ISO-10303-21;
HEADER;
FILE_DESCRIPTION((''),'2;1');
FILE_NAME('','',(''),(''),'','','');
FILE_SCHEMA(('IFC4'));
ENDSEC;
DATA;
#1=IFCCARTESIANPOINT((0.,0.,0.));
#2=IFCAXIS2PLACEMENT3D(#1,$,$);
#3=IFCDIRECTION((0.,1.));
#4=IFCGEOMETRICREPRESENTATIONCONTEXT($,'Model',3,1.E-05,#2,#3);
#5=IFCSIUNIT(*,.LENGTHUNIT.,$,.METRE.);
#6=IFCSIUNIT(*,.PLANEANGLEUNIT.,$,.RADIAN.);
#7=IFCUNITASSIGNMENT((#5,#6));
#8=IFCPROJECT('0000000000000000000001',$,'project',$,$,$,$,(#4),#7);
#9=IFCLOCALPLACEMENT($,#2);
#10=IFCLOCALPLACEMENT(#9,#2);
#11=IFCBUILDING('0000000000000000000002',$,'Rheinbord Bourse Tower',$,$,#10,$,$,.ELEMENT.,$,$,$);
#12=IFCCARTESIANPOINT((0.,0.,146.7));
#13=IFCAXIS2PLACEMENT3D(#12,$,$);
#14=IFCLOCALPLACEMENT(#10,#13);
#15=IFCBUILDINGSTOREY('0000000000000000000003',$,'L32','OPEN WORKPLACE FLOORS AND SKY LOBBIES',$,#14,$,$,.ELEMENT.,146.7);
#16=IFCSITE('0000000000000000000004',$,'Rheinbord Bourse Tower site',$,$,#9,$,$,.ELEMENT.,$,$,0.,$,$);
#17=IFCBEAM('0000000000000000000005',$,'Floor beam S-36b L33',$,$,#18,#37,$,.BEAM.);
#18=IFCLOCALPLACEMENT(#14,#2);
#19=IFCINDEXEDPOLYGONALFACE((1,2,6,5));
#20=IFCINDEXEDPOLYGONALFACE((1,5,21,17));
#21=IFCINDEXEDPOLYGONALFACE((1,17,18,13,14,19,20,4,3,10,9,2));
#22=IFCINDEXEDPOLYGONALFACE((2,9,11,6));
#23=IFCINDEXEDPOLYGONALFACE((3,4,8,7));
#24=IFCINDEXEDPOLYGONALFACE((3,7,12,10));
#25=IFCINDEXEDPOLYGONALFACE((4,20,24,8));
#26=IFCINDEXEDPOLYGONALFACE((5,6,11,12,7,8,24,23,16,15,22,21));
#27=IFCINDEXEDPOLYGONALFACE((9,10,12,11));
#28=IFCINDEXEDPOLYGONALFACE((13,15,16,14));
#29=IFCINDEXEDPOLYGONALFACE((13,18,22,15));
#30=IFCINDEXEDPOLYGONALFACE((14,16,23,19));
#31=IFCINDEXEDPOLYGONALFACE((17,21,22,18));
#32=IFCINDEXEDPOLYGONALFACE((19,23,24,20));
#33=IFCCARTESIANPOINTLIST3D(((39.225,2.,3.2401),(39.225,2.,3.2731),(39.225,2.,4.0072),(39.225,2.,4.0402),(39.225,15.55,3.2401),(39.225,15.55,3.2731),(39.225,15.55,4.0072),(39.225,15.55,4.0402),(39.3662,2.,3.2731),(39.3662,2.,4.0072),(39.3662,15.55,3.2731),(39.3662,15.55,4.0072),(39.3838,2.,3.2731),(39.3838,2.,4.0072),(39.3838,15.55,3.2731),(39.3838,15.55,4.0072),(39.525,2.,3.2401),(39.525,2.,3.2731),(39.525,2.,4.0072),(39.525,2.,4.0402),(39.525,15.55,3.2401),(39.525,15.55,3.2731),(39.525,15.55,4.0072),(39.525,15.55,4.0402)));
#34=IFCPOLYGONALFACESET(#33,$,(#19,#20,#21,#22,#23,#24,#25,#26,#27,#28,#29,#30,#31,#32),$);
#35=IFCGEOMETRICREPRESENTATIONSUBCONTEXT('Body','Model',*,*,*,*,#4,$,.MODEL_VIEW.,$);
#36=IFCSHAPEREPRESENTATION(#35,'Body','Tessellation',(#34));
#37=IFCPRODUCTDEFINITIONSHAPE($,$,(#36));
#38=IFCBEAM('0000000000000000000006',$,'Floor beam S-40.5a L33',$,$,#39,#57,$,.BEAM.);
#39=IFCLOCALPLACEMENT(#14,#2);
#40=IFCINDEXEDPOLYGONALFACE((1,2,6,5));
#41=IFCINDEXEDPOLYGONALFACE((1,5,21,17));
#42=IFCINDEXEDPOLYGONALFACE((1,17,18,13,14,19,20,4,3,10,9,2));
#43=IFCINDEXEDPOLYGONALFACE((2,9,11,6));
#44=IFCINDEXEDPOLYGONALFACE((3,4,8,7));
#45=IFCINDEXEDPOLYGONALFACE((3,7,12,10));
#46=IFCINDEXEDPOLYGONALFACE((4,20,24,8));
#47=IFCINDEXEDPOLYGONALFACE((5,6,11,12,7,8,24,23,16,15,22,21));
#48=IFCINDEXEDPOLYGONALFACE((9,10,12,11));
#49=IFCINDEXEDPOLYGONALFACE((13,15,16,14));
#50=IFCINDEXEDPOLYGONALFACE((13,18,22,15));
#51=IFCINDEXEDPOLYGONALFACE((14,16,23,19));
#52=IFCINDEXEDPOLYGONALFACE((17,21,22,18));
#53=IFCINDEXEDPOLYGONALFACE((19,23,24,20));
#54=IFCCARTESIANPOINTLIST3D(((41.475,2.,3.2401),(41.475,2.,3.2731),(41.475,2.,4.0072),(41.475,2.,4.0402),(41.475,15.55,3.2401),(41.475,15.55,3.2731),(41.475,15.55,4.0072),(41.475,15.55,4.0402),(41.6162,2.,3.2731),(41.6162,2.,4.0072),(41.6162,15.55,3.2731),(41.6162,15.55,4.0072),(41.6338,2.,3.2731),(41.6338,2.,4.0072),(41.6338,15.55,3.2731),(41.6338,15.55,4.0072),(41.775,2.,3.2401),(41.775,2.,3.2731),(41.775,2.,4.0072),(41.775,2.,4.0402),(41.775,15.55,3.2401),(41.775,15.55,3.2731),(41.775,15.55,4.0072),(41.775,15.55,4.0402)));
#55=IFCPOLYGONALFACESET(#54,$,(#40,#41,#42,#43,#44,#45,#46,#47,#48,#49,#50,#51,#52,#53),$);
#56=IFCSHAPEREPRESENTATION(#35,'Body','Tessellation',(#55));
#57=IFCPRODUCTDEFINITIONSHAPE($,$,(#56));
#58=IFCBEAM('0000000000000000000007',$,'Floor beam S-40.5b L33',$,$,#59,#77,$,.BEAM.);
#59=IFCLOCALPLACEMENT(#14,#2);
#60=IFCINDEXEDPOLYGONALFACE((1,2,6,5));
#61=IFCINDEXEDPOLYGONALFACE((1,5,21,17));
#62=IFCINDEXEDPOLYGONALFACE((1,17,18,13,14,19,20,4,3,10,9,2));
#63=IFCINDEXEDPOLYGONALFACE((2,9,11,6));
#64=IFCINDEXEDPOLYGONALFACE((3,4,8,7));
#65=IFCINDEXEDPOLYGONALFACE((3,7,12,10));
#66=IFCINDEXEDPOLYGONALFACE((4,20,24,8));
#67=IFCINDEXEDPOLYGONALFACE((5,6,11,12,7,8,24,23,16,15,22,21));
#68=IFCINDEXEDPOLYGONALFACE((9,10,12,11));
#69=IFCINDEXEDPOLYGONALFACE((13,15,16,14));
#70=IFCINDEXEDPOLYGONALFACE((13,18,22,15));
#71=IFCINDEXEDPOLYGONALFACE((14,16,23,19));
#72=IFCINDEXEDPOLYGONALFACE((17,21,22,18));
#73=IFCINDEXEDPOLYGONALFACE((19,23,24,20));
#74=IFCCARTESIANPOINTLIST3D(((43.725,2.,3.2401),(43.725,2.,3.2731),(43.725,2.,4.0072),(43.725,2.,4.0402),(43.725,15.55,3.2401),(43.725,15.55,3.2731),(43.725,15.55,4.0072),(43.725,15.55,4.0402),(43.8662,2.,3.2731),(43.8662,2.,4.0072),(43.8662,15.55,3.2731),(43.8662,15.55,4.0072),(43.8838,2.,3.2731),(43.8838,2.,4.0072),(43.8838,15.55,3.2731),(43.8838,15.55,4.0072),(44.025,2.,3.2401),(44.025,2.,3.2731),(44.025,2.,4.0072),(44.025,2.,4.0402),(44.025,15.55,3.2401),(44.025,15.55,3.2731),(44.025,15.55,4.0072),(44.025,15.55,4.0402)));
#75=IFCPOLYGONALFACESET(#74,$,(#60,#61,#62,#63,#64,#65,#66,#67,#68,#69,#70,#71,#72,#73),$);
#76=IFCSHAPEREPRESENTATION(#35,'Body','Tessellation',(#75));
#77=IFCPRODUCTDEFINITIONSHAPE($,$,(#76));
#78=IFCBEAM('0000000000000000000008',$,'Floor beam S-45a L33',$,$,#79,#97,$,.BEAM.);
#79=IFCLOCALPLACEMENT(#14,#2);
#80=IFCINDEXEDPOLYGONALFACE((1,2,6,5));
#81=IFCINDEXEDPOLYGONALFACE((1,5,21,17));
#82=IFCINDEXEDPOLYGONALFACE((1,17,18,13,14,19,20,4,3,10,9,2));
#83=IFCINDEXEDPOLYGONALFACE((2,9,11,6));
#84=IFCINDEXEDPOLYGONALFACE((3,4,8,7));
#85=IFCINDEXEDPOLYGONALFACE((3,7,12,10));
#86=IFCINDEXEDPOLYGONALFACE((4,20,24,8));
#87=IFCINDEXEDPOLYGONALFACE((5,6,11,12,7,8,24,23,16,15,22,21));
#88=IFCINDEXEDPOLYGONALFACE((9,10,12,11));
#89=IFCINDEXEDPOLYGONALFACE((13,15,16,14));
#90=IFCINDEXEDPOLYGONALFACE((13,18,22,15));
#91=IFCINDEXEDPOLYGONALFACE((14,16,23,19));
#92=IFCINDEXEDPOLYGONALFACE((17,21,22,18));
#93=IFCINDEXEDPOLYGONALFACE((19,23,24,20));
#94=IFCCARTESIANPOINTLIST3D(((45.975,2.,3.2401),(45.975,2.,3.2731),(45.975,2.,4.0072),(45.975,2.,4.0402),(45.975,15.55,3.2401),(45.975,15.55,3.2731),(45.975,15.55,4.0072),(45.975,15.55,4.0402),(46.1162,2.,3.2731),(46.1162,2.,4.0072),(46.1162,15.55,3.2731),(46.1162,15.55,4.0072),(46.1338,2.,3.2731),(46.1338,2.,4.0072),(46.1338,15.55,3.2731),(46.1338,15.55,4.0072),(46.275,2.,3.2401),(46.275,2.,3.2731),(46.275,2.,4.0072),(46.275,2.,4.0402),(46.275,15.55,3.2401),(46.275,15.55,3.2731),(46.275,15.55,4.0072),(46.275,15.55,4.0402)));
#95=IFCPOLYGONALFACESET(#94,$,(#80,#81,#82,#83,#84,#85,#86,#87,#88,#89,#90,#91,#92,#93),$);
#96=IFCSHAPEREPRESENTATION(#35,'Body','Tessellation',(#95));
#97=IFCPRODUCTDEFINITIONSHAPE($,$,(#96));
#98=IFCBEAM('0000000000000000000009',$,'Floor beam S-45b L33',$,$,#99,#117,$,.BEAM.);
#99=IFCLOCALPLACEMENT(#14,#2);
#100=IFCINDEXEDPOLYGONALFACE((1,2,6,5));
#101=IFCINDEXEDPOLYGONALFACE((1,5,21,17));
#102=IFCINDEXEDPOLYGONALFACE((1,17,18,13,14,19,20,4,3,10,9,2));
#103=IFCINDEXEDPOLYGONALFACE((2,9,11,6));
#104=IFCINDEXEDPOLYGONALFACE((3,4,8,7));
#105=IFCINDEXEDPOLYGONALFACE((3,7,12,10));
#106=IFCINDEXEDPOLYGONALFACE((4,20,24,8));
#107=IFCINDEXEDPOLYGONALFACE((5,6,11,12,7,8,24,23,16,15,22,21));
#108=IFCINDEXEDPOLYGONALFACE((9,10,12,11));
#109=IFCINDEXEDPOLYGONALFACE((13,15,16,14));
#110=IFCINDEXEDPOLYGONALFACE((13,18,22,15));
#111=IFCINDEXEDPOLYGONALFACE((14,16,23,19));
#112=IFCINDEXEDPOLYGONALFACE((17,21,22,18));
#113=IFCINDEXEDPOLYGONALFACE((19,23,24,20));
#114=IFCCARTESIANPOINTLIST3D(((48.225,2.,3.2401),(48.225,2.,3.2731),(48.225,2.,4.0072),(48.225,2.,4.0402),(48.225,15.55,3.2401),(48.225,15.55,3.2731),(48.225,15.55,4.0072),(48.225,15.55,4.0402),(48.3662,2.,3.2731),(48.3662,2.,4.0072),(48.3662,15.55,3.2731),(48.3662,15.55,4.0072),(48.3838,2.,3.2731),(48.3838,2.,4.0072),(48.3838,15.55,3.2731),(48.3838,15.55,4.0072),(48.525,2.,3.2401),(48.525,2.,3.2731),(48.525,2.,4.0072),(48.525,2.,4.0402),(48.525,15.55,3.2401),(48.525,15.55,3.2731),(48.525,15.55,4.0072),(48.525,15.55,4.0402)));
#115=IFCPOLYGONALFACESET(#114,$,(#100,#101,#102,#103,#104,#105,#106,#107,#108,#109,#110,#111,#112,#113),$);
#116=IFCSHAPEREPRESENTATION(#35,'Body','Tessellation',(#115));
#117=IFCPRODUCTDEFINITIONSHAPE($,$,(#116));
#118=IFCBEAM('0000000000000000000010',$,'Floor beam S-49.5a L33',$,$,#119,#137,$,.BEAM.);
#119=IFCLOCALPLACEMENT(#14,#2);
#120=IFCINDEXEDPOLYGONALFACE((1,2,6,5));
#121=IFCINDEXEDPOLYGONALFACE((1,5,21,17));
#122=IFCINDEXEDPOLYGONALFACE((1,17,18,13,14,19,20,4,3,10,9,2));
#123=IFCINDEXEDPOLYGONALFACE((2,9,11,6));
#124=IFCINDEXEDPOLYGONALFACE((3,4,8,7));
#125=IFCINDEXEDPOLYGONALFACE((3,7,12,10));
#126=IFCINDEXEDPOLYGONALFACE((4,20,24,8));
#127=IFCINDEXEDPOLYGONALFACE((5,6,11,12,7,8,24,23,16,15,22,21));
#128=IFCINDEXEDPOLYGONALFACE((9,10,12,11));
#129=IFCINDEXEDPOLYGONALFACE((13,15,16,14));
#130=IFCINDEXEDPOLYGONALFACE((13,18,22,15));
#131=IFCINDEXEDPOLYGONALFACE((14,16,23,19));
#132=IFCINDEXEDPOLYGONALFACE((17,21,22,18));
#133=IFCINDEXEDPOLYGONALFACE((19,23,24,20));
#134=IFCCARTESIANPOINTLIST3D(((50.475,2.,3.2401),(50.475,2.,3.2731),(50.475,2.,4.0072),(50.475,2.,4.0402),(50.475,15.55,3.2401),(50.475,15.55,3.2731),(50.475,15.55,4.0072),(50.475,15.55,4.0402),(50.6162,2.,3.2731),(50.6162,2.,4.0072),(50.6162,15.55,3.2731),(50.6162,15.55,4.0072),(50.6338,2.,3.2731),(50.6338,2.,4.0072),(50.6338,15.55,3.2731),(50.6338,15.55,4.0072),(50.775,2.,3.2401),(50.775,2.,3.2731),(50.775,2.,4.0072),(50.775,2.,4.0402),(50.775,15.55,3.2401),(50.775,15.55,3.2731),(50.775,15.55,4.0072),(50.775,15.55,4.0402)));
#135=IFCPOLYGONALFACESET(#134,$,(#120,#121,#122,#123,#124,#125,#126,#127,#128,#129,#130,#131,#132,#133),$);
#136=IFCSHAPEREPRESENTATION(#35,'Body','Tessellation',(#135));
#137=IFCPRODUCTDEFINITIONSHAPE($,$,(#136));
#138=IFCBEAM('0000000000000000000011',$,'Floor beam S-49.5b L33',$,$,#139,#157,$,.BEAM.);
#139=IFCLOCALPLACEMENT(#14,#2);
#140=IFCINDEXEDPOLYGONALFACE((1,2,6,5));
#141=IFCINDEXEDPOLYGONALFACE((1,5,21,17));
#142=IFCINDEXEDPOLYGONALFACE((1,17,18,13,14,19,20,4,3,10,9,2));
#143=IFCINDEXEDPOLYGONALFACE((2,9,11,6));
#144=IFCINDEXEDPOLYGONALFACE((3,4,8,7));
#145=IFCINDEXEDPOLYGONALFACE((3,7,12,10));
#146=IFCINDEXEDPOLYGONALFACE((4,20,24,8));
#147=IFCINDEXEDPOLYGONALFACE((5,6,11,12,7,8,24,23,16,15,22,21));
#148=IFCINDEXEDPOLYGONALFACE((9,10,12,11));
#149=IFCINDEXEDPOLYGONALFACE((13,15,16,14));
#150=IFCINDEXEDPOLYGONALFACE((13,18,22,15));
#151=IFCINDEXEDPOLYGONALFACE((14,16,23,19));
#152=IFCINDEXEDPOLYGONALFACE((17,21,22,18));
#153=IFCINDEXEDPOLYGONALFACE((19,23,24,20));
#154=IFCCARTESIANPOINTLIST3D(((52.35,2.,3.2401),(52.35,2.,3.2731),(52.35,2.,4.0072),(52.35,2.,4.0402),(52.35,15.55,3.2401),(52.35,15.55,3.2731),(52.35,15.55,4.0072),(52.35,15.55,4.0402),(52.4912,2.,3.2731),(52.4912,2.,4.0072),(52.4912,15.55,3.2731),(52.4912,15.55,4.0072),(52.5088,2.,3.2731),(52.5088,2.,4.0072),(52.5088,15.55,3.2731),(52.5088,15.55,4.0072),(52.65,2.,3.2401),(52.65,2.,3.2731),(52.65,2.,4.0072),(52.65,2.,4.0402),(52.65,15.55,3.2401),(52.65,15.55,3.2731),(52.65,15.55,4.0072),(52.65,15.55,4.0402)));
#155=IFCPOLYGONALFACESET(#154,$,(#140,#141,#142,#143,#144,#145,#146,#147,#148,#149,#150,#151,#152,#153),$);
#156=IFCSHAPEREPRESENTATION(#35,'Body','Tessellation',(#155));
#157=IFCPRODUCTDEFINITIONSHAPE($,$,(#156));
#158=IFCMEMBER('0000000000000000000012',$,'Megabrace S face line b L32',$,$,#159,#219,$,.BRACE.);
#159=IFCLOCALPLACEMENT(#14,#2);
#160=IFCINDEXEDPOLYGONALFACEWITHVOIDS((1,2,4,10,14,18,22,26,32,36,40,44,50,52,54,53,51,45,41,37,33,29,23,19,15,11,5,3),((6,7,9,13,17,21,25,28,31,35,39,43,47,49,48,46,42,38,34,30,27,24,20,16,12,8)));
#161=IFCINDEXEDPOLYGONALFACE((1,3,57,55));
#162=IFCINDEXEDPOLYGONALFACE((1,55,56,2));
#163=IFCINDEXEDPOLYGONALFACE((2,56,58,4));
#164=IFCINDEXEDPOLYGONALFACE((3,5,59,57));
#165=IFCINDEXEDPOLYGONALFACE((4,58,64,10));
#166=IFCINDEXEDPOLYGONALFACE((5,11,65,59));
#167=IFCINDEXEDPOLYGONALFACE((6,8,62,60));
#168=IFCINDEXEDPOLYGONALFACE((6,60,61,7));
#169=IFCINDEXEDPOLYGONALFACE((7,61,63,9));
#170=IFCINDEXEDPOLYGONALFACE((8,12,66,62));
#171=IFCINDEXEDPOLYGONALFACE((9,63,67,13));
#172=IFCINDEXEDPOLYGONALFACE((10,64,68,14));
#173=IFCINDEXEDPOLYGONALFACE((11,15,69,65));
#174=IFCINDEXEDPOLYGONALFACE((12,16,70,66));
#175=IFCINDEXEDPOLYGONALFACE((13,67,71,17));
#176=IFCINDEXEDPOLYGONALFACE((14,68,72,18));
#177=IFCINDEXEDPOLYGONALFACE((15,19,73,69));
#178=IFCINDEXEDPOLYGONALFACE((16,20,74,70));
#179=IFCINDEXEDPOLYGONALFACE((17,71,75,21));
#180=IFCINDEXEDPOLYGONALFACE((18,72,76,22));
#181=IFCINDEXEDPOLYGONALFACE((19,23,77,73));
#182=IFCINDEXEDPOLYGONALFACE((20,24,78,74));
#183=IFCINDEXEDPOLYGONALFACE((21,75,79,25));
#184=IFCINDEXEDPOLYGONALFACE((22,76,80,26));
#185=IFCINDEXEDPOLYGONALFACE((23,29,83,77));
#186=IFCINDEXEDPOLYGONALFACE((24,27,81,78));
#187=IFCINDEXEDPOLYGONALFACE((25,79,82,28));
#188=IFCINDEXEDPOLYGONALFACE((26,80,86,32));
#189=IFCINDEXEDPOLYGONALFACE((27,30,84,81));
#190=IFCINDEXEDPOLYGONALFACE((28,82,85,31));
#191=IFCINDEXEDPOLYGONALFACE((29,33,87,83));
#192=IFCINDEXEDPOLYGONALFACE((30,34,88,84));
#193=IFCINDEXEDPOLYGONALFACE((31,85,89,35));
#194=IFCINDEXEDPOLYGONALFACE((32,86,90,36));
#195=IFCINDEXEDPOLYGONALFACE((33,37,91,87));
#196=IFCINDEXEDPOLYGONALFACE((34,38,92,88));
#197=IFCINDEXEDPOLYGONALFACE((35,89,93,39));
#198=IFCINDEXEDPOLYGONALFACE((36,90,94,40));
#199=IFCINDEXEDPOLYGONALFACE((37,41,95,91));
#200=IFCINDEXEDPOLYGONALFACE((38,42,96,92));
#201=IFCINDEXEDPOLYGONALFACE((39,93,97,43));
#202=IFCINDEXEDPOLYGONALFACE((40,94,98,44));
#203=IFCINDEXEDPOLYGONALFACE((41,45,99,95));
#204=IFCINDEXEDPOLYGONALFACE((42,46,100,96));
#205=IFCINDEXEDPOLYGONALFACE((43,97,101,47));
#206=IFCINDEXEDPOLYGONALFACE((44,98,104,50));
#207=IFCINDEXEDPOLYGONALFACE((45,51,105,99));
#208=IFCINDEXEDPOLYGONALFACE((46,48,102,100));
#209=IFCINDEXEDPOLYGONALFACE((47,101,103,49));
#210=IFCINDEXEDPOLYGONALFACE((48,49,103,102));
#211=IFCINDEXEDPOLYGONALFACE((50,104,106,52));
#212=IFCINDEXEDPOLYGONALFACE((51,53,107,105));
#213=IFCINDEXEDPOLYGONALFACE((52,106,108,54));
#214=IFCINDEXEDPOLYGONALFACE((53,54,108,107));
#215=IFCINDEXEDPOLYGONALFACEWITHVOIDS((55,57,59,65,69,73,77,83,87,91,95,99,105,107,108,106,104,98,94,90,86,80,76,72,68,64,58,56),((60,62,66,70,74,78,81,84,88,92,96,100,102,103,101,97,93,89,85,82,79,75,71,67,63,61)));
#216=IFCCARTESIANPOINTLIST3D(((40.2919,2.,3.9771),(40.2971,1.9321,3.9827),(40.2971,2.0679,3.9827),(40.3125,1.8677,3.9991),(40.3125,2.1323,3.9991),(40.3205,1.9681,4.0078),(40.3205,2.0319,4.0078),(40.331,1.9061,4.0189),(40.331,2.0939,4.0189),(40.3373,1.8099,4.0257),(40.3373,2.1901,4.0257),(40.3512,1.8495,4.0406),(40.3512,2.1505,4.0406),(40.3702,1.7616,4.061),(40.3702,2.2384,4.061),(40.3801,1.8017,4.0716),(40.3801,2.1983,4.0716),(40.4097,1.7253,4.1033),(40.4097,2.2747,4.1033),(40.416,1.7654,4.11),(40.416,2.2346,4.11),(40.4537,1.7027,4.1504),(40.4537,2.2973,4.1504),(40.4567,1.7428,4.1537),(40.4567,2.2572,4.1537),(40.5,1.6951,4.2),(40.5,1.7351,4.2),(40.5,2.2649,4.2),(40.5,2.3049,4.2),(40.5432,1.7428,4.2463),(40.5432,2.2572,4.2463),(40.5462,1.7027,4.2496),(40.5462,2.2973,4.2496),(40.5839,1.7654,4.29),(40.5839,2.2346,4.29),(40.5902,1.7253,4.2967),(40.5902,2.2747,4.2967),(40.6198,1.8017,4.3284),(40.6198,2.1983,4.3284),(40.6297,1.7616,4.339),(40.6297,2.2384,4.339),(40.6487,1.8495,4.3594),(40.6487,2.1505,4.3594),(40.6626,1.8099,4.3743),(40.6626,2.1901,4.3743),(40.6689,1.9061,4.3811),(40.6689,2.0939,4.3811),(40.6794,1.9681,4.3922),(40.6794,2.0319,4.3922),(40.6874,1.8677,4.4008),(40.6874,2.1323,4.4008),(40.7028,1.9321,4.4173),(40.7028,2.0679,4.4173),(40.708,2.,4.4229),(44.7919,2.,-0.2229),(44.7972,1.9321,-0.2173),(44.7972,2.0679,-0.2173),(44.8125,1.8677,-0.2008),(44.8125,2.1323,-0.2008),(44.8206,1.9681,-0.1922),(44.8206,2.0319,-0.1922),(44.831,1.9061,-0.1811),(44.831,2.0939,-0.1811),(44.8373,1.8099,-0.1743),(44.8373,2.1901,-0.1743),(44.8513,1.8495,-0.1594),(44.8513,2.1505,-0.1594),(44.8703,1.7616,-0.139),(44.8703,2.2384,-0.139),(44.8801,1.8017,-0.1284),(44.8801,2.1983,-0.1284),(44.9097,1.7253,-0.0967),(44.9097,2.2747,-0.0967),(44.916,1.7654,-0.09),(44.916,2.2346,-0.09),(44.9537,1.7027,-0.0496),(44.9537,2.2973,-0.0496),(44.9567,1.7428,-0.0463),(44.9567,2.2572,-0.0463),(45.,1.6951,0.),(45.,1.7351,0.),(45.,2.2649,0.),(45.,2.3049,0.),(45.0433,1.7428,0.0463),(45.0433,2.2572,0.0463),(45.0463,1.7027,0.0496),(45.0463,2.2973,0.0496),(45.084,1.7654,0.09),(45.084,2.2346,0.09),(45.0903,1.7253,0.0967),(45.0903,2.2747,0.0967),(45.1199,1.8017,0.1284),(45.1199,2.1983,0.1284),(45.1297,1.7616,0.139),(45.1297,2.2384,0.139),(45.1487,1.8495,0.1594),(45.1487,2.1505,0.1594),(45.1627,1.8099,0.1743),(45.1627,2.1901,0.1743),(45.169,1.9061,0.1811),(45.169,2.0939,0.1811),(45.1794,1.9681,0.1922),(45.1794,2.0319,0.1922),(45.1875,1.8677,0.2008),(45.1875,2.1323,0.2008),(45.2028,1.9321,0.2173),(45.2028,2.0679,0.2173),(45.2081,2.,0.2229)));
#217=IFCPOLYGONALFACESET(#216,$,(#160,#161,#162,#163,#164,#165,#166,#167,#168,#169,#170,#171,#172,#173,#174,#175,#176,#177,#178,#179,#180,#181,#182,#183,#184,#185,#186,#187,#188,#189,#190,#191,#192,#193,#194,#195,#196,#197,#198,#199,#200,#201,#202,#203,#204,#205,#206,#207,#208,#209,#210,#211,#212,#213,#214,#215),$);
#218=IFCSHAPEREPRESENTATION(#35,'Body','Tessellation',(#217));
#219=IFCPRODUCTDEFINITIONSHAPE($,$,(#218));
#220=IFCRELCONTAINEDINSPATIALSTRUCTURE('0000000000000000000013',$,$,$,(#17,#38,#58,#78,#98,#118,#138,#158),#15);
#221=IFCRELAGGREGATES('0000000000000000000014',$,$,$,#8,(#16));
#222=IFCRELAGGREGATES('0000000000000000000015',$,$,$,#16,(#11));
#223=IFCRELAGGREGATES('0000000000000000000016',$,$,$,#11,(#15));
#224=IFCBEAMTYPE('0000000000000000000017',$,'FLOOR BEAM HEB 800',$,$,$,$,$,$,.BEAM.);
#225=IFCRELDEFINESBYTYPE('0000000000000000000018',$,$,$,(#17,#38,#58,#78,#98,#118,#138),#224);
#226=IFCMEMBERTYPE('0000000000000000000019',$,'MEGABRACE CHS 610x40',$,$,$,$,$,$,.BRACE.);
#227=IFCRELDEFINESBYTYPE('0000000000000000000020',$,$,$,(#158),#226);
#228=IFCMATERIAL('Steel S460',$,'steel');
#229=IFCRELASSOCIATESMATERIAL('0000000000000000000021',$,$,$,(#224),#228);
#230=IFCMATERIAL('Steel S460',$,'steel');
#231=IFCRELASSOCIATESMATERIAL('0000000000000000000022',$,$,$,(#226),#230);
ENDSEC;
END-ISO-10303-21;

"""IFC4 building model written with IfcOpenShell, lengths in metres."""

from ifc_helpers import new_model, si_unit, direction, frame, origin, origin_2d, place, context, subcontext, project, spatial, hollow_circle, i_section, extrude, material, material_profile, profile_set, type_object, element, save


model = new_model("IFC4")

# Units and contexts
model_context = context("Model", 3, precision=1e-05, world=origin(), true_north=direction((0.0, 1.0)))
body_context = subcontext(model_context, "Body", "Model", "MODEL_VIEW")
ifc_project = project(units=[si_unit("LENGTHUNIT", "METRE"), si_unit("PLANEANGLEUNIT", "RADIAN")], contexts=[model_context])

# Site, building, storey
site_placement = place(None, origin())
site = spatial("IfcSite", under=ifc_project, at=site_placement, Name="Rheinbord Bourse Tower site", CompositionType="ELEMENT", RefElevation=0.0)
building_placement = place(site_placement, origin())
building = spatial("IfcBuilding", under=site, at=building_placement, Name="Rheinbord Bourse Tower", CompositionType="ELEMENT")
storey_placement = place(building_placement, frame((0.0, 0.0, 146.7)))
storey = spatial("IfcBuildingStorey", under=building, at=storey_placement, Name="L32", Description="OPEN WORKPLACE FLOORS AND SKY LOBBIES", CompositionType="ELEMENT", Elevation=146.7)

# Beams
ifc_material_1 = material(Name="Steel S460", Category="steel")
ifc_material_profile_1 = material_profile(ifc_material_1, i_section(OverallWidth=0.3, OverallDepth=0.8, WebThickness=0.0176, FlangeThickness=0.033, at=origin_2d()), Name="HEB 800")
ifc_profile_set_1 = profile_set([ifc_material_profile_1], Name="Steel S460")
beam_type_1 = type_object("IfcBeamType", Name="FLOOR BEAM HEB 800", PredefinedType="BEAM", material=ifc_profile_set_1)
for number, where, z_axis, x_axis, name in (
    (1, (39.375, 2.0, 3.6401), (0.0, 1.0, 0.0), (-1.0, 0.0, 0.0), "Floor beam S-36b L33"),
    (2, (41.625, 2.0, 3.6401), (0.0, 1.0, 0.0), (-1.0, 0.0, 0.0), "Floor beam S-40.5a L33"),
    (3, (43.875, 2.0, 3.6401), (0.0, 1.0, 0.0), (-1.0, 0.0, 0.0), "Floor beam S-40.5b L33"),
    (4, (46.125, 2.0, 3.6401), (0.0, 1.0, 0.0), (-1.0, 0.0, 0.0), "Floor beam S-45a L33"),
    (5, (48.375, 2.0, 3.6401), (0.0, 1.0, 0.0), (-1.0, 0.0, 0.0), "Floor beam S-45b L33"),
    (6, (50.625, 2.0, 3.6401), (0.0, 1.0, 0.0), (-1.0, 0.0, 0.0), "Floor beam S-49.5a L33"),
    (7, (52.5, 2.0, 3.6401), (0.0, 1.0, 0.0), (-1.0, 0.0, 0.0), "Floor beam S-49.5b L33"),
):
    element("IfcBeam", number, at=place(storey_placement, frame(where, z_axis=z_axis, x_axis=x_axis)), inside=storey, type_object=beam_type_1, Name=name, PredefinedType="BEAM", context=body_context, shape_type="SweptSolid", body=[
        extrude(i_section(OverallWidth=0.3, OverallDepth=0.8, WebThickness=0.0176, FlangeThickness=0.033, at=origin_2d()), origin(), (0.0, 0.0, 1.0), 13.55),
    ])

# Member
ifc_material_2 = material(Name="Steel S460", Category="steel")
ifc_material_profile_2 = material_profile(ifc_material_2, hollow_circle(Radius=0.3049, WallThickness=0.04, at=origin_2d()), Name="CHS 610x40")
ifc_profile_set_2 = profile_set([ifc_material_profile_2], Name="Steel S460")
member_type_1 = type_object("IfcMemberType", Name="MEGABRACE CHS 610x40", PredefinedType="BRACE", material=ifc_profile_set_2)
member_1_placement = place(storey_placement, frame((45.0, 2.0, 0.0), z_axis=(-0.731059, 0.0, 0.682314), x_axis=(0.0, -1.0, 0.0)))
element("IfcMember", 8, at=member_1_placement, inside=storey, type_object=member_type_1, Name="Megabrace S face line b L32", PredefinedType="BRACE", context=body_context, shape_type="SweptSolid", body=[
    extrude(hollow_circle(Radius=0.3049, WallThickness=0.04, at=origin_2d()), origin(), (0.0, 0.0, 1.0), 6.1555),
])

save(model, "model.ifc")
